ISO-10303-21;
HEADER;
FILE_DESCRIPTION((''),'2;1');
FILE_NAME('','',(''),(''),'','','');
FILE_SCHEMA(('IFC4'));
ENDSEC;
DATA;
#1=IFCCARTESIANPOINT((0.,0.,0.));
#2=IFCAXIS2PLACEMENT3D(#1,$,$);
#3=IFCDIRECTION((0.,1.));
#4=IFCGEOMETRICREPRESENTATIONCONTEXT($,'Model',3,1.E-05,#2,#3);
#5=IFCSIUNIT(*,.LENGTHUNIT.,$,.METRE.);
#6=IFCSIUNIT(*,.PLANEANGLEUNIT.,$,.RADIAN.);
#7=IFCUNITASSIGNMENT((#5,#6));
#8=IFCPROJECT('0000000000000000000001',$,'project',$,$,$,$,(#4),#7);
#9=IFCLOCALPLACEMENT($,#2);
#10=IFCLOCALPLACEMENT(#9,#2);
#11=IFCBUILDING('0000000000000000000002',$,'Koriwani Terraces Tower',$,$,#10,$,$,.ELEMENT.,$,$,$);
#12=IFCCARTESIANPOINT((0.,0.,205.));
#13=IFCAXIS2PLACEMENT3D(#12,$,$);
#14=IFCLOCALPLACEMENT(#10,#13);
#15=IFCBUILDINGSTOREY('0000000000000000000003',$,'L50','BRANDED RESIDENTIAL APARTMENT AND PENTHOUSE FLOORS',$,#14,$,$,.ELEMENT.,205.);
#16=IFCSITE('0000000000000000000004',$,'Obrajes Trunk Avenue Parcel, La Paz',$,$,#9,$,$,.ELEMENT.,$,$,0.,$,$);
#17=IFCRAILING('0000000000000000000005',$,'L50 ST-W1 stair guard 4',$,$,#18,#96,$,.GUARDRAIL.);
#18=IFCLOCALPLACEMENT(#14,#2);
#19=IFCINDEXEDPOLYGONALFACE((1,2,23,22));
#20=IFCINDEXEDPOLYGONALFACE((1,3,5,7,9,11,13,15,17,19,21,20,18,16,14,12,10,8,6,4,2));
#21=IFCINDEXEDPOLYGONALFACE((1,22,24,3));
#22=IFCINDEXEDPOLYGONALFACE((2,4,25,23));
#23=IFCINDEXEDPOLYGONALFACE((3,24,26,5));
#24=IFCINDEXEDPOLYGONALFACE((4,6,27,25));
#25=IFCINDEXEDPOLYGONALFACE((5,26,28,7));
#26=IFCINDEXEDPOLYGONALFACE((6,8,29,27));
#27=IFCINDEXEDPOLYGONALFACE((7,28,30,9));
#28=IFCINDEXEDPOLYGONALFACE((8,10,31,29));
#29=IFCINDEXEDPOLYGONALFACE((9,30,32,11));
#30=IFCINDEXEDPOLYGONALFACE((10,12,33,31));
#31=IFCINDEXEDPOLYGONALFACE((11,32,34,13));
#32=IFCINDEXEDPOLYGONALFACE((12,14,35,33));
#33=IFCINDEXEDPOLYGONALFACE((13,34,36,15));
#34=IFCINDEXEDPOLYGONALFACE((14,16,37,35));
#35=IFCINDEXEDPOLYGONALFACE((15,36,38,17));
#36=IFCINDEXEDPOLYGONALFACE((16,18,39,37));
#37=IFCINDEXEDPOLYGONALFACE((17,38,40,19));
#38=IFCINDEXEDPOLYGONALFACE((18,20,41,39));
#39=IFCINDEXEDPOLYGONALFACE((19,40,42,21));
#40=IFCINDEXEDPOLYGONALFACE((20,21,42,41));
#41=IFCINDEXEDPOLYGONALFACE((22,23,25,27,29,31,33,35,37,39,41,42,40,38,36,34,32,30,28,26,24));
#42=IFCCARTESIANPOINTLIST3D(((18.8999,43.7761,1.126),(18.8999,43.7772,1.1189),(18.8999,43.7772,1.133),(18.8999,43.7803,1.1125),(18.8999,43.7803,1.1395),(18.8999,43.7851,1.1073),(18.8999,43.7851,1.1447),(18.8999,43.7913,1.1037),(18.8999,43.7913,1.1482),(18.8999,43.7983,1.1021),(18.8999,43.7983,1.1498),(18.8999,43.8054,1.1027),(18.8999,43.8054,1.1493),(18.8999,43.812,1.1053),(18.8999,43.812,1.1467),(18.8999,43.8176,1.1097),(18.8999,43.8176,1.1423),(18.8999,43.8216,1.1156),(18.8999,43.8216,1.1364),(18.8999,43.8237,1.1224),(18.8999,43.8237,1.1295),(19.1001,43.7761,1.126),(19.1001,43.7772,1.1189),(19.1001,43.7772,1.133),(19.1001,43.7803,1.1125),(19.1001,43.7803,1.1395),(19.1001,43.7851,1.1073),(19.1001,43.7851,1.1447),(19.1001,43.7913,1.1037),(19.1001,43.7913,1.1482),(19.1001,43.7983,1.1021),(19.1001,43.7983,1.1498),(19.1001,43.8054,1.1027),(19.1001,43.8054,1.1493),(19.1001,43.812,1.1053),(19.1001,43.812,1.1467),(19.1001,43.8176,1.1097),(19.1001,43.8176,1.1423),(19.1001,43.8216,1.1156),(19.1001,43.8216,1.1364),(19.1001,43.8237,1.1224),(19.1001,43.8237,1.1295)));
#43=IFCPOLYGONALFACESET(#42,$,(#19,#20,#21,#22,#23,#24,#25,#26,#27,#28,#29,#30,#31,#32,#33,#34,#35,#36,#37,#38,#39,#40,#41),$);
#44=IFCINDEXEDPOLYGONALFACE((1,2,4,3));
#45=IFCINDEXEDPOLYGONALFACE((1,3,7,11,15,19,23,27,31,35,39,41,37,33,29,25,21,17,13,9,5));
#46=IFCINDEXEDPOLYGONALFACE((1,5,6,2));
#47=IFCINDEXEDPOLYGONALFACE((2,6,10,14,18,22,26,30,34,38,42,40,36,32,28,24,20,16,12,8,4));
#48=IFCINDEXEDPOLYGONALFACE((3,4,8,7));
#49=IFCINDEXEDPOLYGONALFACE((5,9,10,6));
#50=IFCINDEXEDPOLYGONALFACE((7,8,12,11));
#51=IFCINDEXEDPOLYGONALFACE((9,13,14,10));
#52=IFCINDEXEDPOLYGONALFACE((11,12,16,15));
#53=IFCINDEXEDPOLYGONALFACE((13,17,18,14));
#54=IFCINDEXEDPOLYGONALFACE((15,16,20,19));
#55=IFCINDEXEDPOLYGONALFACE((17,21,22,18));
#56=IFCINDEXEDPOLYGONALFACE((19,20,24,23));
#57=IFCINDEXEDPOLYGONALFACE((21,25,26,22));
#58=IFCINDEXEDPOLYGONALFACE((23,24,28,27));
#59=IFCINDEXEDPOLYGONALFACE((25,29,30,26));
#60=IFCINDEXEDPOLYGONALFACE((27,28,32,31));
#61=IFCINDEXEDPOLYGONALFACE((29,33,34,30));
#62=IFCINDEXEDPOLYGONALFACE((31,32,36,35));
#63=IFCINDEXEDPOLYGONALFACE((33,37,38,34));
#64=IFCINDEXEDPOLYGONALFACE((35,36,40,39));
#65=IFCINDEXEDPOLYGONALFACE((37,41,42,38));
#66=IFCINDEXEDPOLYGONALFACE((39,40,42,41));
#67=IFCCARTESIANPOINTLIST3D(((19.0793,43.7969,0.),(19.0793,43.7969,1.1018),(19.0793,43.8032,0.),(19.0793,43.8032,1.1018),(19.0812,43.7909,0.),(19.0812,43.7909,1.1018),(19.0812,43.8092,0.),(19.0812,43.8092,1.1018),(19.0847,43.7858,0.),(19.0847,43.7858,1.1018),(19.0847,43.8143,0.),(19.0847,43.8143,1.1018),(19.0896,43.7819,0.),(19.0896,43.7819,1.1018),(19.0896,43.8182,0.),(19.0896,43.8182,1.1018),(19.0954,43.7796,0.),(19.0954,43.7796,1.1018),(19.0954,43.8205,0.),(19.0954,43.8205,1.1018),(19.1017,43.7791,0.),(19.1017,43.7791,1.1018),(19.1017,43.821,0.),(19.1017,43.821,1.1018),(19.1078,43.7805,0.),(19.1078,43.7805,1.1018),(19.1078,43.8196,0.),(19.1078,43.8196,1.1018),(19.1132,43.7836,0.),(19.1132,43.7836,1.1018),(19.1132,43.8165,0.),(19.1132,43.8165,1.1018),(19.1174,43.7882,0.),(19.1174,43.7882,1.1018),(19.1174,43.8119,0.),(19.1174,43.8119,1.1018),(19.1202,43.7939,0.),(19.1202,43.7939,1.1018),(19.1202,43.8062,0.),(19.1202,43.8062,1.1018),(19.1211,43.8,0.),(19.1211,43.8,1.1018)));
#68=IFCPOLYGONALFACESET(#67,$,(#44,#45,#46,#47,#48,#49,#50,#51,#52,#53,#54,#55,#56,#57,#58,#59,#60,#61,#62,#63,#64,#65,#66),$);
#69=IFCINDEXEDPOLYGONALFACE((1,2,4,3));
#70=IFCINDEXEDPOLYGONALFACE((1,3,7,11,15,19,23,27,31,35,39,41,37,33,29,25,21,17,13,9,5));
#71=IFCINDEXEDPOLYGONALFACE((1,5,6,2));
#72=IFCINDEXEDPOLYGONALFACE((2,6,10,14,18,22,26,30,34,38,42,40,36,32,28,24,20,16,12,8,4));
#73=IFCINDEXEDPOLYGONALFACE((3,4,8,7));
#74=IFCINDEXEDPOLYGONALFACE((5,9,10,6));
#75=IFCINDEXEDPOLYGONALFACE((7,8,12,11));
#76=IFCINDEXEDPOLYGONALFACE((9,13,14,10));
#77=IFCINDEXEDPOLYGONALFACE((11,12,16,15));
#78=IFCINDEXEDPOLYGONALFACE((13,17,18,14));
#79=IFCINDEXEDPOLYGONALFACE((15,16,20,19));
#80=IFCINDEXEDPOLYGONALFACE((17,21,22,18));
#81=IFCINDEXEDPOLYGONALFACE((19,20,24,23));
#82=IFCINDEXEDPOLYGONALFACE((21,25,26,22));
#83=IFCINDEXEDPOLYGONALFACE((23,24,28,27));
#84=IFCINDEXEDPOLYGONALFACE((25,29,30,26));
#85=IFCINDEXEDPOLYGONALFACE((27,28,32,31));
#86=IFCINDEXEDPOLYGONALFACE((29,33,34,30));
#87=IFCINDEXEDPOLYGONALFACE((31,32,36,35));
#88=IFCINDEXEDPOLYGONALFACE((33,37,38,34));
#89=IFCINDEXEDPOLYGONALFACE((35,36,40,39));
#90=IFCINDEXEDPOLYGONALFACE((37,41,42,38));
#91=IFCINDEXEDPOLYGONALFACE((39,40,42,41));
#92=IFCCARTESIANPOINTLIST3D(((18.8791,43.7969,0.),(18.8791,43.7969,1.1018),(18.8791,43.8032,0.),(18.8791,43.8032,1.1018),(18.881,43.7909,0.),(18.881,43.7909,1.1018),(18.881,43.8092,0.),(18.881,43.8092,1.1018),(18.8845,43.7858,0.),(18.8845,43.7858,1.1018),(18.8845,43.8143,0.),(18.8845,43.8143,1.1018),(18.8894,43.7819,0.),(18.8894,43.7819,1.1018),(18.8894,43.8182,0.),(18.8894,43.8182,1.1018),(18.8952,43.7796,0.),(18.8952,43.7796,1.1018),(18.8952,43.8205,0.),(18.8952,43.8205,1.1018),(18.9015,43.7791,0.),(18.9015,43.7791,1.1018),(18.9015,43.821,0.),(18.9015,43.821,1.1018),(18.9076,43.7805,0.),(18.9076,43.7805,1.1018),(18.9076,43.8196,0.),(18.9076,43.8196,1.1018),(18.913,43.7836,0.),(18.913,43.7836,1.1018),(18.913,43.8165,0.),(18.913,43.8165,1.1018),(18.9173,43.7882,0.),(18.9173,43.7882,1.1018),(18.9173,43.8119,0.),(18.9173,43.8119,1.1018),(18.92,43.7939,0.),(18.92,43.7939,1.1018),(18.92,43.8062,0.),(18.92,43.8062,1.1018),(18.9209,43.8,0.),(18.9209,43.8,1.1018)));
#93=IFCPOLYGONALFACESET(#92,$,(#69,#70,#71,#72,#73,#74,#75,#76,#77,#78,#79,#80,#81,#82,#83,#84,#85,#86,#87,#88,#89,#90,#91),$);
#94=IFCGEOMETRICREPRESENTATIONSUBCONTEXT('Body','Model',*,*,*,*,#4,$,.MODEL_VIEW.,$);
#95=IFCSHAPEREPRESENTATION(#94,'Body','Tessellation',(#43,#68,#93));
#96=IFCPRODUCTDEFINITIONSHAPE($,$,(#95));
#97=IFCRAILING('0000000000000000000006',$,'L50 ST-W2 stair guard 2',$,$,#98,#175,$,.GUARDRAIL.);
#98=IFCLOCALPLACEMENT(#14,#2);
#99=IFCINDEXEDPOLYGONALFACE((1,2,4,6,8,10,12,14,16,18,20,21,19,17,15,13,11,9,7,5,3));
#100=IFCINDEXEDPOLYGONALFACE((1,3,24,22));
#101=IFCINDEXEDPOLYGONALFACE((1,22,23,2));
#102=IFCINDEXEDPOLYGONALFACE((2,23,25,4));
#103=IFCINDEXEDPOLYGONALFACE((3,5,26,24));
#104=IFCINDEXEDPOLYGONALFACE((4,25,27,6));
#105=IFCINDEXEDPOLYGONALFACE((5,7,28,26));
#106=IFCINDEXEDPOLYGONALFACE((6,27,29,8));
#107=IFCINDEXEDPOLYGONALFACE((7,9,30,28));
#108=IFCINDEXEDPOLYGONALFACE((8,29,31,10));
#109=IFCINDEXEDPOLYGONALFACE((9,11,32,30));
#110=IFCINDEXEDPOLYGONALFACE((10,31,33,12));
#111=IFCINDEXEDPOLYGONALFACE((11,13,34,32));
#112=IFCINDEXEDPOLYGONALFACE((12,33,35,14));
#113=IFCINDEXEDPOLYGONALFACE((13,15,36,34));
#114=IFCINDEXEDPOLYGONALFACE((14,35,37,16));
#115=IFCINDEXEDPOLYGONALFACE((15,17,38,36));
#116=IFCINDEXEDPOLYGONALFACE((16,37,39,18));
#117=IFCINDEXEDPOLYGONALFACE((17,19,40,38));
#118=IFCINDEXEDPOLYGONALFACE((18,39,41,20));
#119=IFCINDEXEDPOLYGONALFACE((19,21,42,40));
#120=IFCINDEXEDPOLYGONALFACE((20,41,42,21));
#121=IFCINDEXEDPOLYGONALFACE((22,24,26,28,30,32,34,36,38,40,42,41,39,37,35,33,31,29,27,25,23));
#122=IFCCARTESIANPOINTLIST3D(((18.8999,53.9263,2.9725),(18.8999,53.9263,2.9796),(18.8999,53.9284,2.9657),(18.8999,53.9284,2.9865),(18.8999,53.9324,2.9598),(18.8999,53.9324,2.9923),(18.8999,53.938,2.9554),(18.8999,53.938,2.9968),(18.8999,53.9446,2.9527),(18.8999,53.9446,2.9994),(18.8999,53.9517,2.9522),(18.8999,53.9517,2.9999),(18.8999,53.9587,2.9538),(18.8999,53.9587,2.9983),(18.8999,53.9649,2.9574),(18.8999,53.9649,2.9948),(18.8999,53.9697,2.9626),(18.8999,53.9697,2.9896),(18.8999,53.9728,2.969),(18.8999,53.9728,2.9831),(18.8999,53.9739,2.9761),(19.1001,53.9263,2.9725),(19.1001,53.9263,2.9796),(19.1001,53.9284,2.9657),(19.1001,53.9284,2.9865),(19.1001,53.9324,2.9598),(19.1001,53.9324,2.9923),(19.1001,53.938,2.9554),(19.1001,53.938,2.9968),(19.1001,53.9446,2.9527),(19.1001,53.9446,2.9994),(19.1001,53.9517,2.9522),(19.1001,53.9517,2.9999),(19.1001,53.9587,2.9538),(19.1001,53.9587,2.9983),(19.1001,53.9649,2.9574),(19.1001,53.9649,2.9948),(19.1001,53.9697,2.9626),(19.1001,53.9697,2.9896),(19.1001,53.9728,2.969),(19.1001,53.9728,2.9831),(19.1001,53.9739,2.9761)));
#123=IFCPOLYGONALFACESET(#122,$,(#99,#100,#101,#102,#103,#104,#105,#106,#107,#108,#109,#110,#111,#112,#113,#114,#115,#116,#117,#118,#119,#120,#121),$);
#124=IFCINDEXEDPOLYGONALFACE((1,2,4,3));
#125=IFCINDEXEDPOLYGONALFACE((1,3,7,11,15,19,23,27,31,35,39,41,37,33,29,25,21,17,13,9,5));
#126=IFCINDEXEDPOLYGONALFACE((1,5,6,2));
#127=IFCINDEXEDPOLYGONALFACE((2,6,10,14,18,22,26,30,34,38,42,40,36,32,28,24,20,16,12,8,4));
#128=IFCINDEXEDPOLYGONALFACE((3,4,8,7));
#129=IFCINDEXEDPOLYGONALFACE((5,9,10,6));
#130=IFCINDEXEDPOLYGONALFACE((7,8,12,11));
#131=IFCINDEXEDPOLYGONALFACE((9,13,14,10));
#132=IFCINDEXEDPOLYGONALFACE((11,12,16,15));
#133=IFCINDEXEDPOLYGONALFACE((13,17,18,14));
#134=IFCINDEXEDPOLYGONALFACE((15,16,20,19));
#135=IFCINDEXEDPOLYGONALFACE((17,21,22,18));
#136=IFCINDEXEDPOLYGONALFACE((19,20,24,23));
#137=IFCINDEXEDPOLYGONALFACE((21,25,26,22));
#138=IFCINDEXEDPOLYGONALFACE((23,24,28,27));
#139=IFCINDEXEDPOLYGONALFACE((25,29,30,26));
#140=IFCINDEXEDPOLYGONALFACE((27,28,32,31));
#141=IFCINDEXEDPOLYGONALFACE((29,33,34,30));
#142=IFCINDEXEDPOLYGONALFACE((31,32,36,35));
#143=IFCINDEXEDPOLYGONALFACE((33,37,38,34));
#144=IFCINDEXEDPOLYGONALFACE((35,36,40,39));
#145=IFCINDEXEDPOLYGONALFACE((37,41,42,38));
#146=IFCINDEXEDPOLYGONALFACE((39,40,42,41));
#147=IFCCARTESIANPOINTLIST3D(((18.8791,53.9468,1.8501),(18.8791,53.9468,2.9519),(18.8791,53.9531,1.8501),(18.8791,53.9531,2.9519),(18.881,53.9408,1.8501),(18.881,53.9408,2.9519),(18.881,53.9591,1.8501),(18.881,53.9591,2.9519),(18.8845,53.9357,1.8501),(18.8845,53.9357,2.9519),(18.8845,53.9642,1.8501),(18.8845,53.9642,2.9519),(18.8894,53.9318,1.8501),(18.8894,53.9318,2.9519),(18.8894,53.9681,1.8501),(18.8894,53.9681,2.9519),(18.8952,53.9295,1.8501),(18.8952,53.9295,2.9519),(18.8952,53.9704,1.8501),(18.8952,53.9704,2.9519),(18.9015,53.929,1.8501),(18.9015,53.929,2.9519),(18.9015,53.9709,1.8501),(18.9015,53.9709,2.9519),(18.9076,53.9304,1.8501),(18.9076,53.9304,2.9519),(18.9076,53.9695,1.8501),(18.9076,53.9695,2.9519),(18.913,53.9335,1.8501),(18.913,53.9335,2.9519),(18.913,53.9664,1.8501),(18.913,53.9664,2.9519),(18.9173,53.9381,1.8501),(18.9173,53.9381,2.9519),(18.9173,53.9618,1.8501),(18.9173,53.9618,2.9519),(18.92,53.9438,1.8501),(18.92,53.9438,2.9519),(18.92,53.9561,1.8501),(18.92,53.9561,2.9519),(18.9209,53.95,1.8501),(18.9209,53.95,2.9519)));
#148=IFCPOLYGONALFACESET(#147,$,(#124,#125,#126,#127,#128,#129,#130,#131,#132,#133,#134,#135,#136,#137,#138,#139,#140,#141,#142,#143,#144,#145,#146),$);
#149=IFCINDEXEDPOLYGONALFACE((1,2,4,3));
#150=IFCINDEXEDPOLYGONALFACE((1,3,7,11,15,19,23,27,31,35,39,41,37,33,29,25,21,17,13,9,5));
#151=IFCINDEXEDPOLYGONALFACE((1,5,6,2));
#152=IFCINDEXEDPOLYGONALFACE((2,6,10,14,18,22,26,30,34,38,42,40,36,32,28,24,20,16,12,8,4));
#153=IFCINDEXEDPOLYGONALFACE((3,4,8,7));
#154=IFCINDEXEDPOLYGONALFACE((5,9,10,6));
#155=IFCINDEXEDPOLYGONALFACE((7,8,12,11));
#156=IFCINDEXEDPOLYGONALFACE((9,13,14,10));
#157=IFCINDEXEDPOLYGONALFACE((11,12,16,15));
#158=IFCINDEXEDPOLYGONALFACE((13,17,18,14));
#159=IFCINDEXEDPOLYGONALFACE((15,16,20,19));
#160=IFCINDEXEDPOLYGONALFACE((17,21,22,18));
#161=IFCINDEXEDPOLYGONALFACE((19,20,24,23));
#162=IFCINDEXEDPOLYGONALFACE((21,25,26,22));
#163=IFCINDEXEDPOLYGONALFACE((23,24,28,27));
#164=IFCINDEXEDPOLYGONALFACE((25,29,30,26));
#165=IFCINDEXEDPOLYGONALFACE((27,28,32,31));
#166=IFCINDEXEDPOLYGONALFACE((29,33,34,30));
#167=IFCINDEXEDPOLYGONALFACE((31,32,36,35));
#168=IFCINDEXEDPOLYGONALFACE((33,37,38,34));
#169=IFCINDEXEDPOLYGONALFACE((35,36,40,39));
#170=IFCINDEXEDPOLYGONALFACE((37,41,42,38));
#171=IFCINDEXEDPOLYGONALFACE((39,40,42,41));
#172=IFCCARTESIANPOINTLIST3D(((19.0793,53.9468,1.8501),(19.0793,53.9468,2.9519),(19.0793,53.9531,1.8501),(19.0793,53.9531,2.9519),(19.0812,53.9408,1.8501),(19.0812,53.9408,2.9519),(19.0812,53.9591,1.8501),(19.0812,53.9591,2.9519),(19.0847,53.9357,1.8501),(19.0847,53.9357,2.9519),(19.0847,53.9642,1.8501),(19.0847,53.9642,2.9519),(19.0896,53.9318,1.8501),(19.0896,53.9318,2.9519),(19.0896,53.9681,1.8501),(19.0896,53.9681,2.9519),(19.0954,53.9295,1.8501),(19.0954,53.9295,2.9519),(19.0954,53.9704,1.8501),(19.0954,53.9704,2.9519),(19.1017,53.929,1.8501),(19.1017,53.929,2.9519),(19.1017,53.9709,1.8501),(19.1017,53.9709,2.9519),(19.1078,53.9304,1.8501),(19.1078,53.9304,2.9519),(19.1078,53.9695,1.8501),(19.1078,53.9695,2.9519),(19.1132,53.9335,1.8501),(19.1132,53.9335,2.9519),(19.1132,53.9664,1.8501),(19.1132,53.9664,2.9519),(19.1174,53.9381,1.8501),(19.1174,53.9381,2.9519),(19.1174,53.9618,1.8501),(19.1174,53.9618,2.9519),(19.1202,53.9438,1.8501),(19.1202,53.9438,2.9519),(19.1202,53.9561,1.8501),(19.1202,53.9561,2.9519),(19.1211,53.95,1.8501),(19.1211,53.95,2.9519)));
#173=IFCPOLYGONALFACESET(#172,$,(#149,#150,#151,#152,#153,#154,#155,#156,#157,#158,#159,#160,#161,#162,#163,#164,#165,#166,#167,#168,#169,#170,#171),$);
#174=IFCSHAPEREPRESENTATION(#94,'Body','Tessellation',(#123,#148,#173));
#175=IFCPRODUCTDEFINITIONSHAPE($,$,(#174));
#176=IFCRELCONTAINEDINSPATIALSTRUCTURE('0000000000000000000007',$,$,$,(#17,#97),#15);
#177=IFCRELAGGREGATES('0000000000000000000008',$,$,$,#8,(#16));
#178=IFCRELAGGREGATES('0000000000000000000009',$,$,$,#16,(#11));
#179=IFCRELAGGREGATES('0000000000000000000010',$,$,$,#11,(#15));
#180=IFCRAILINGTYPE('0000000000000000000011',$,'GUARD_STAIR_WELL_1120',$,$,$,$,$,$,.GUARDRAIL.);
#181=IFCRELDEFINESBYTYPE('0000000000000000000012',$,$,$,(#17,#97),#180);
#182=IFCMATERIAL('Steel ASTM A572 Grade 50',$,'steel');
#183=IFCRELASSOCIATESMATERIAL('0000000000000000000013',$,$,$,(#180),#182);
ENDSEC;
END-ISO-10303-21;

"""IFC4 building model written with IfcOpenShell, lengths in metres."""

from ifc_helpers import new_model, si_unit, direction, frame, origin, origin_2d, place, context, subcontext, project, spatial, circle, extrude, material, type_object, element, save


model = new_model("IFC4")

# Units and contexts
model_context = context("Model", 3, precision=1e-05, world=origin(), true_north=direction((0.0, 1.0)))
body_context = subcontext(model_context, "Body", "Model", "MODEL_VIEW")
ifc_project = project(units=[si_unit("LENGTHUNIT", "METRE"), si_unit("PLANEANGLEUNIT", "RADIAN")], contexts=[model_context])

# Site, building, storey
site_placement = place(None, origin())
site = spatial("IfcSite", under=ifc_project, at=site_placement, Name="Obrajes Trunk Avenue Parcel, La Paz", CompositionType="ELEMENT", RefElevation=0.0)
building_placement = place(site_placement, origin())
building = spatial("IfcBuilding", under=site, at=building_placement, Name="Koriwani Terraces Tower", CompositionType="ELEMENT")
storey_placement = place(building_placement, frame((0.0, 0.0, 205.0)))
storey = spatial("IfcBuildingStorey", under=building, at=storey_placement, Name="L50", Description="BRANDED RESIDENTIAL APARTMENT AND PENTHOUSE FLOORS", CompositionType="ELEMENT", Elevation=205.0)

# Shared definitions
ifc_material_1 = material(Name="Steel ASTM A572 Grade 50", Category="steel")

# Railings
railing_type_1 = type_object("IfcRailingType", Name="GUARD_STAIR_WELL_1120", PredefinedType="GUARDRAIL", material=ifc_material_1)
railing_1_placement = place(storey_placement, frame((19.1001, 43.8, 0.0)))
element("IfcRailing", 1, at=railing_1_placement, inside=storey, type_object=railing_type_1, Name="L50 ST-W1 stair guard 4", PredefinedType="GUARDRAIL", context=body_context, shape_type="SweptSolid", body=[
    extrude(circle(Radius=0.0239, at=origin_2d()), frame((0.0, 0.0, 1.126), z_axis=(-1.0, 0.0, 0.0), x_axis=(0.0, -1.0, 0.0)), (0.0, 0.0, 1.0), 0.2002),
    extrude(circle(Radius=0.021, at=origin_2d()), origin(), (0.0, 0.0, 1.0), 1.1018),
    extrude(circle(Radius=0.021, at=origin_2d()), frame((-0.2002, 0.0, 0.0)), (0.0, 0.0, 1.0), 1.1018),
])
railing_2_placement = place(storey_placement, frame((18.8999, 53.95, 1.8501)))
element("IfcRailing", 2, at=railing_2_placement, inside=storey, type_object=railing_type_1, Name="L50 ST-W2 stair guard 2", PredefinedType="GUARDRAIL", context=body_context, shape_type="SweptSolid", body=[
    extrude(circle(Radius=0.0239, at=origin_2d()), frame((0.0, 0.0, 1.126), z_axis=(1.0, 0.0, 0.0), x_axis=(0.0, 1.0, 0.0)), (0.0, 0.0, 1.0), 0.2002),
    extrude(circle(Radius=0.021, at=origin_2d()), origin(), (0.0, 0.0, 1.0), 1.1018),
    extrude(circle(Radius=0.021, at=origin_2d()), frame((0.2002, 0.0, 0.0)), (0.0, 0.0, 1.0), 1.1018),
])

save(model, "model.ifc")
